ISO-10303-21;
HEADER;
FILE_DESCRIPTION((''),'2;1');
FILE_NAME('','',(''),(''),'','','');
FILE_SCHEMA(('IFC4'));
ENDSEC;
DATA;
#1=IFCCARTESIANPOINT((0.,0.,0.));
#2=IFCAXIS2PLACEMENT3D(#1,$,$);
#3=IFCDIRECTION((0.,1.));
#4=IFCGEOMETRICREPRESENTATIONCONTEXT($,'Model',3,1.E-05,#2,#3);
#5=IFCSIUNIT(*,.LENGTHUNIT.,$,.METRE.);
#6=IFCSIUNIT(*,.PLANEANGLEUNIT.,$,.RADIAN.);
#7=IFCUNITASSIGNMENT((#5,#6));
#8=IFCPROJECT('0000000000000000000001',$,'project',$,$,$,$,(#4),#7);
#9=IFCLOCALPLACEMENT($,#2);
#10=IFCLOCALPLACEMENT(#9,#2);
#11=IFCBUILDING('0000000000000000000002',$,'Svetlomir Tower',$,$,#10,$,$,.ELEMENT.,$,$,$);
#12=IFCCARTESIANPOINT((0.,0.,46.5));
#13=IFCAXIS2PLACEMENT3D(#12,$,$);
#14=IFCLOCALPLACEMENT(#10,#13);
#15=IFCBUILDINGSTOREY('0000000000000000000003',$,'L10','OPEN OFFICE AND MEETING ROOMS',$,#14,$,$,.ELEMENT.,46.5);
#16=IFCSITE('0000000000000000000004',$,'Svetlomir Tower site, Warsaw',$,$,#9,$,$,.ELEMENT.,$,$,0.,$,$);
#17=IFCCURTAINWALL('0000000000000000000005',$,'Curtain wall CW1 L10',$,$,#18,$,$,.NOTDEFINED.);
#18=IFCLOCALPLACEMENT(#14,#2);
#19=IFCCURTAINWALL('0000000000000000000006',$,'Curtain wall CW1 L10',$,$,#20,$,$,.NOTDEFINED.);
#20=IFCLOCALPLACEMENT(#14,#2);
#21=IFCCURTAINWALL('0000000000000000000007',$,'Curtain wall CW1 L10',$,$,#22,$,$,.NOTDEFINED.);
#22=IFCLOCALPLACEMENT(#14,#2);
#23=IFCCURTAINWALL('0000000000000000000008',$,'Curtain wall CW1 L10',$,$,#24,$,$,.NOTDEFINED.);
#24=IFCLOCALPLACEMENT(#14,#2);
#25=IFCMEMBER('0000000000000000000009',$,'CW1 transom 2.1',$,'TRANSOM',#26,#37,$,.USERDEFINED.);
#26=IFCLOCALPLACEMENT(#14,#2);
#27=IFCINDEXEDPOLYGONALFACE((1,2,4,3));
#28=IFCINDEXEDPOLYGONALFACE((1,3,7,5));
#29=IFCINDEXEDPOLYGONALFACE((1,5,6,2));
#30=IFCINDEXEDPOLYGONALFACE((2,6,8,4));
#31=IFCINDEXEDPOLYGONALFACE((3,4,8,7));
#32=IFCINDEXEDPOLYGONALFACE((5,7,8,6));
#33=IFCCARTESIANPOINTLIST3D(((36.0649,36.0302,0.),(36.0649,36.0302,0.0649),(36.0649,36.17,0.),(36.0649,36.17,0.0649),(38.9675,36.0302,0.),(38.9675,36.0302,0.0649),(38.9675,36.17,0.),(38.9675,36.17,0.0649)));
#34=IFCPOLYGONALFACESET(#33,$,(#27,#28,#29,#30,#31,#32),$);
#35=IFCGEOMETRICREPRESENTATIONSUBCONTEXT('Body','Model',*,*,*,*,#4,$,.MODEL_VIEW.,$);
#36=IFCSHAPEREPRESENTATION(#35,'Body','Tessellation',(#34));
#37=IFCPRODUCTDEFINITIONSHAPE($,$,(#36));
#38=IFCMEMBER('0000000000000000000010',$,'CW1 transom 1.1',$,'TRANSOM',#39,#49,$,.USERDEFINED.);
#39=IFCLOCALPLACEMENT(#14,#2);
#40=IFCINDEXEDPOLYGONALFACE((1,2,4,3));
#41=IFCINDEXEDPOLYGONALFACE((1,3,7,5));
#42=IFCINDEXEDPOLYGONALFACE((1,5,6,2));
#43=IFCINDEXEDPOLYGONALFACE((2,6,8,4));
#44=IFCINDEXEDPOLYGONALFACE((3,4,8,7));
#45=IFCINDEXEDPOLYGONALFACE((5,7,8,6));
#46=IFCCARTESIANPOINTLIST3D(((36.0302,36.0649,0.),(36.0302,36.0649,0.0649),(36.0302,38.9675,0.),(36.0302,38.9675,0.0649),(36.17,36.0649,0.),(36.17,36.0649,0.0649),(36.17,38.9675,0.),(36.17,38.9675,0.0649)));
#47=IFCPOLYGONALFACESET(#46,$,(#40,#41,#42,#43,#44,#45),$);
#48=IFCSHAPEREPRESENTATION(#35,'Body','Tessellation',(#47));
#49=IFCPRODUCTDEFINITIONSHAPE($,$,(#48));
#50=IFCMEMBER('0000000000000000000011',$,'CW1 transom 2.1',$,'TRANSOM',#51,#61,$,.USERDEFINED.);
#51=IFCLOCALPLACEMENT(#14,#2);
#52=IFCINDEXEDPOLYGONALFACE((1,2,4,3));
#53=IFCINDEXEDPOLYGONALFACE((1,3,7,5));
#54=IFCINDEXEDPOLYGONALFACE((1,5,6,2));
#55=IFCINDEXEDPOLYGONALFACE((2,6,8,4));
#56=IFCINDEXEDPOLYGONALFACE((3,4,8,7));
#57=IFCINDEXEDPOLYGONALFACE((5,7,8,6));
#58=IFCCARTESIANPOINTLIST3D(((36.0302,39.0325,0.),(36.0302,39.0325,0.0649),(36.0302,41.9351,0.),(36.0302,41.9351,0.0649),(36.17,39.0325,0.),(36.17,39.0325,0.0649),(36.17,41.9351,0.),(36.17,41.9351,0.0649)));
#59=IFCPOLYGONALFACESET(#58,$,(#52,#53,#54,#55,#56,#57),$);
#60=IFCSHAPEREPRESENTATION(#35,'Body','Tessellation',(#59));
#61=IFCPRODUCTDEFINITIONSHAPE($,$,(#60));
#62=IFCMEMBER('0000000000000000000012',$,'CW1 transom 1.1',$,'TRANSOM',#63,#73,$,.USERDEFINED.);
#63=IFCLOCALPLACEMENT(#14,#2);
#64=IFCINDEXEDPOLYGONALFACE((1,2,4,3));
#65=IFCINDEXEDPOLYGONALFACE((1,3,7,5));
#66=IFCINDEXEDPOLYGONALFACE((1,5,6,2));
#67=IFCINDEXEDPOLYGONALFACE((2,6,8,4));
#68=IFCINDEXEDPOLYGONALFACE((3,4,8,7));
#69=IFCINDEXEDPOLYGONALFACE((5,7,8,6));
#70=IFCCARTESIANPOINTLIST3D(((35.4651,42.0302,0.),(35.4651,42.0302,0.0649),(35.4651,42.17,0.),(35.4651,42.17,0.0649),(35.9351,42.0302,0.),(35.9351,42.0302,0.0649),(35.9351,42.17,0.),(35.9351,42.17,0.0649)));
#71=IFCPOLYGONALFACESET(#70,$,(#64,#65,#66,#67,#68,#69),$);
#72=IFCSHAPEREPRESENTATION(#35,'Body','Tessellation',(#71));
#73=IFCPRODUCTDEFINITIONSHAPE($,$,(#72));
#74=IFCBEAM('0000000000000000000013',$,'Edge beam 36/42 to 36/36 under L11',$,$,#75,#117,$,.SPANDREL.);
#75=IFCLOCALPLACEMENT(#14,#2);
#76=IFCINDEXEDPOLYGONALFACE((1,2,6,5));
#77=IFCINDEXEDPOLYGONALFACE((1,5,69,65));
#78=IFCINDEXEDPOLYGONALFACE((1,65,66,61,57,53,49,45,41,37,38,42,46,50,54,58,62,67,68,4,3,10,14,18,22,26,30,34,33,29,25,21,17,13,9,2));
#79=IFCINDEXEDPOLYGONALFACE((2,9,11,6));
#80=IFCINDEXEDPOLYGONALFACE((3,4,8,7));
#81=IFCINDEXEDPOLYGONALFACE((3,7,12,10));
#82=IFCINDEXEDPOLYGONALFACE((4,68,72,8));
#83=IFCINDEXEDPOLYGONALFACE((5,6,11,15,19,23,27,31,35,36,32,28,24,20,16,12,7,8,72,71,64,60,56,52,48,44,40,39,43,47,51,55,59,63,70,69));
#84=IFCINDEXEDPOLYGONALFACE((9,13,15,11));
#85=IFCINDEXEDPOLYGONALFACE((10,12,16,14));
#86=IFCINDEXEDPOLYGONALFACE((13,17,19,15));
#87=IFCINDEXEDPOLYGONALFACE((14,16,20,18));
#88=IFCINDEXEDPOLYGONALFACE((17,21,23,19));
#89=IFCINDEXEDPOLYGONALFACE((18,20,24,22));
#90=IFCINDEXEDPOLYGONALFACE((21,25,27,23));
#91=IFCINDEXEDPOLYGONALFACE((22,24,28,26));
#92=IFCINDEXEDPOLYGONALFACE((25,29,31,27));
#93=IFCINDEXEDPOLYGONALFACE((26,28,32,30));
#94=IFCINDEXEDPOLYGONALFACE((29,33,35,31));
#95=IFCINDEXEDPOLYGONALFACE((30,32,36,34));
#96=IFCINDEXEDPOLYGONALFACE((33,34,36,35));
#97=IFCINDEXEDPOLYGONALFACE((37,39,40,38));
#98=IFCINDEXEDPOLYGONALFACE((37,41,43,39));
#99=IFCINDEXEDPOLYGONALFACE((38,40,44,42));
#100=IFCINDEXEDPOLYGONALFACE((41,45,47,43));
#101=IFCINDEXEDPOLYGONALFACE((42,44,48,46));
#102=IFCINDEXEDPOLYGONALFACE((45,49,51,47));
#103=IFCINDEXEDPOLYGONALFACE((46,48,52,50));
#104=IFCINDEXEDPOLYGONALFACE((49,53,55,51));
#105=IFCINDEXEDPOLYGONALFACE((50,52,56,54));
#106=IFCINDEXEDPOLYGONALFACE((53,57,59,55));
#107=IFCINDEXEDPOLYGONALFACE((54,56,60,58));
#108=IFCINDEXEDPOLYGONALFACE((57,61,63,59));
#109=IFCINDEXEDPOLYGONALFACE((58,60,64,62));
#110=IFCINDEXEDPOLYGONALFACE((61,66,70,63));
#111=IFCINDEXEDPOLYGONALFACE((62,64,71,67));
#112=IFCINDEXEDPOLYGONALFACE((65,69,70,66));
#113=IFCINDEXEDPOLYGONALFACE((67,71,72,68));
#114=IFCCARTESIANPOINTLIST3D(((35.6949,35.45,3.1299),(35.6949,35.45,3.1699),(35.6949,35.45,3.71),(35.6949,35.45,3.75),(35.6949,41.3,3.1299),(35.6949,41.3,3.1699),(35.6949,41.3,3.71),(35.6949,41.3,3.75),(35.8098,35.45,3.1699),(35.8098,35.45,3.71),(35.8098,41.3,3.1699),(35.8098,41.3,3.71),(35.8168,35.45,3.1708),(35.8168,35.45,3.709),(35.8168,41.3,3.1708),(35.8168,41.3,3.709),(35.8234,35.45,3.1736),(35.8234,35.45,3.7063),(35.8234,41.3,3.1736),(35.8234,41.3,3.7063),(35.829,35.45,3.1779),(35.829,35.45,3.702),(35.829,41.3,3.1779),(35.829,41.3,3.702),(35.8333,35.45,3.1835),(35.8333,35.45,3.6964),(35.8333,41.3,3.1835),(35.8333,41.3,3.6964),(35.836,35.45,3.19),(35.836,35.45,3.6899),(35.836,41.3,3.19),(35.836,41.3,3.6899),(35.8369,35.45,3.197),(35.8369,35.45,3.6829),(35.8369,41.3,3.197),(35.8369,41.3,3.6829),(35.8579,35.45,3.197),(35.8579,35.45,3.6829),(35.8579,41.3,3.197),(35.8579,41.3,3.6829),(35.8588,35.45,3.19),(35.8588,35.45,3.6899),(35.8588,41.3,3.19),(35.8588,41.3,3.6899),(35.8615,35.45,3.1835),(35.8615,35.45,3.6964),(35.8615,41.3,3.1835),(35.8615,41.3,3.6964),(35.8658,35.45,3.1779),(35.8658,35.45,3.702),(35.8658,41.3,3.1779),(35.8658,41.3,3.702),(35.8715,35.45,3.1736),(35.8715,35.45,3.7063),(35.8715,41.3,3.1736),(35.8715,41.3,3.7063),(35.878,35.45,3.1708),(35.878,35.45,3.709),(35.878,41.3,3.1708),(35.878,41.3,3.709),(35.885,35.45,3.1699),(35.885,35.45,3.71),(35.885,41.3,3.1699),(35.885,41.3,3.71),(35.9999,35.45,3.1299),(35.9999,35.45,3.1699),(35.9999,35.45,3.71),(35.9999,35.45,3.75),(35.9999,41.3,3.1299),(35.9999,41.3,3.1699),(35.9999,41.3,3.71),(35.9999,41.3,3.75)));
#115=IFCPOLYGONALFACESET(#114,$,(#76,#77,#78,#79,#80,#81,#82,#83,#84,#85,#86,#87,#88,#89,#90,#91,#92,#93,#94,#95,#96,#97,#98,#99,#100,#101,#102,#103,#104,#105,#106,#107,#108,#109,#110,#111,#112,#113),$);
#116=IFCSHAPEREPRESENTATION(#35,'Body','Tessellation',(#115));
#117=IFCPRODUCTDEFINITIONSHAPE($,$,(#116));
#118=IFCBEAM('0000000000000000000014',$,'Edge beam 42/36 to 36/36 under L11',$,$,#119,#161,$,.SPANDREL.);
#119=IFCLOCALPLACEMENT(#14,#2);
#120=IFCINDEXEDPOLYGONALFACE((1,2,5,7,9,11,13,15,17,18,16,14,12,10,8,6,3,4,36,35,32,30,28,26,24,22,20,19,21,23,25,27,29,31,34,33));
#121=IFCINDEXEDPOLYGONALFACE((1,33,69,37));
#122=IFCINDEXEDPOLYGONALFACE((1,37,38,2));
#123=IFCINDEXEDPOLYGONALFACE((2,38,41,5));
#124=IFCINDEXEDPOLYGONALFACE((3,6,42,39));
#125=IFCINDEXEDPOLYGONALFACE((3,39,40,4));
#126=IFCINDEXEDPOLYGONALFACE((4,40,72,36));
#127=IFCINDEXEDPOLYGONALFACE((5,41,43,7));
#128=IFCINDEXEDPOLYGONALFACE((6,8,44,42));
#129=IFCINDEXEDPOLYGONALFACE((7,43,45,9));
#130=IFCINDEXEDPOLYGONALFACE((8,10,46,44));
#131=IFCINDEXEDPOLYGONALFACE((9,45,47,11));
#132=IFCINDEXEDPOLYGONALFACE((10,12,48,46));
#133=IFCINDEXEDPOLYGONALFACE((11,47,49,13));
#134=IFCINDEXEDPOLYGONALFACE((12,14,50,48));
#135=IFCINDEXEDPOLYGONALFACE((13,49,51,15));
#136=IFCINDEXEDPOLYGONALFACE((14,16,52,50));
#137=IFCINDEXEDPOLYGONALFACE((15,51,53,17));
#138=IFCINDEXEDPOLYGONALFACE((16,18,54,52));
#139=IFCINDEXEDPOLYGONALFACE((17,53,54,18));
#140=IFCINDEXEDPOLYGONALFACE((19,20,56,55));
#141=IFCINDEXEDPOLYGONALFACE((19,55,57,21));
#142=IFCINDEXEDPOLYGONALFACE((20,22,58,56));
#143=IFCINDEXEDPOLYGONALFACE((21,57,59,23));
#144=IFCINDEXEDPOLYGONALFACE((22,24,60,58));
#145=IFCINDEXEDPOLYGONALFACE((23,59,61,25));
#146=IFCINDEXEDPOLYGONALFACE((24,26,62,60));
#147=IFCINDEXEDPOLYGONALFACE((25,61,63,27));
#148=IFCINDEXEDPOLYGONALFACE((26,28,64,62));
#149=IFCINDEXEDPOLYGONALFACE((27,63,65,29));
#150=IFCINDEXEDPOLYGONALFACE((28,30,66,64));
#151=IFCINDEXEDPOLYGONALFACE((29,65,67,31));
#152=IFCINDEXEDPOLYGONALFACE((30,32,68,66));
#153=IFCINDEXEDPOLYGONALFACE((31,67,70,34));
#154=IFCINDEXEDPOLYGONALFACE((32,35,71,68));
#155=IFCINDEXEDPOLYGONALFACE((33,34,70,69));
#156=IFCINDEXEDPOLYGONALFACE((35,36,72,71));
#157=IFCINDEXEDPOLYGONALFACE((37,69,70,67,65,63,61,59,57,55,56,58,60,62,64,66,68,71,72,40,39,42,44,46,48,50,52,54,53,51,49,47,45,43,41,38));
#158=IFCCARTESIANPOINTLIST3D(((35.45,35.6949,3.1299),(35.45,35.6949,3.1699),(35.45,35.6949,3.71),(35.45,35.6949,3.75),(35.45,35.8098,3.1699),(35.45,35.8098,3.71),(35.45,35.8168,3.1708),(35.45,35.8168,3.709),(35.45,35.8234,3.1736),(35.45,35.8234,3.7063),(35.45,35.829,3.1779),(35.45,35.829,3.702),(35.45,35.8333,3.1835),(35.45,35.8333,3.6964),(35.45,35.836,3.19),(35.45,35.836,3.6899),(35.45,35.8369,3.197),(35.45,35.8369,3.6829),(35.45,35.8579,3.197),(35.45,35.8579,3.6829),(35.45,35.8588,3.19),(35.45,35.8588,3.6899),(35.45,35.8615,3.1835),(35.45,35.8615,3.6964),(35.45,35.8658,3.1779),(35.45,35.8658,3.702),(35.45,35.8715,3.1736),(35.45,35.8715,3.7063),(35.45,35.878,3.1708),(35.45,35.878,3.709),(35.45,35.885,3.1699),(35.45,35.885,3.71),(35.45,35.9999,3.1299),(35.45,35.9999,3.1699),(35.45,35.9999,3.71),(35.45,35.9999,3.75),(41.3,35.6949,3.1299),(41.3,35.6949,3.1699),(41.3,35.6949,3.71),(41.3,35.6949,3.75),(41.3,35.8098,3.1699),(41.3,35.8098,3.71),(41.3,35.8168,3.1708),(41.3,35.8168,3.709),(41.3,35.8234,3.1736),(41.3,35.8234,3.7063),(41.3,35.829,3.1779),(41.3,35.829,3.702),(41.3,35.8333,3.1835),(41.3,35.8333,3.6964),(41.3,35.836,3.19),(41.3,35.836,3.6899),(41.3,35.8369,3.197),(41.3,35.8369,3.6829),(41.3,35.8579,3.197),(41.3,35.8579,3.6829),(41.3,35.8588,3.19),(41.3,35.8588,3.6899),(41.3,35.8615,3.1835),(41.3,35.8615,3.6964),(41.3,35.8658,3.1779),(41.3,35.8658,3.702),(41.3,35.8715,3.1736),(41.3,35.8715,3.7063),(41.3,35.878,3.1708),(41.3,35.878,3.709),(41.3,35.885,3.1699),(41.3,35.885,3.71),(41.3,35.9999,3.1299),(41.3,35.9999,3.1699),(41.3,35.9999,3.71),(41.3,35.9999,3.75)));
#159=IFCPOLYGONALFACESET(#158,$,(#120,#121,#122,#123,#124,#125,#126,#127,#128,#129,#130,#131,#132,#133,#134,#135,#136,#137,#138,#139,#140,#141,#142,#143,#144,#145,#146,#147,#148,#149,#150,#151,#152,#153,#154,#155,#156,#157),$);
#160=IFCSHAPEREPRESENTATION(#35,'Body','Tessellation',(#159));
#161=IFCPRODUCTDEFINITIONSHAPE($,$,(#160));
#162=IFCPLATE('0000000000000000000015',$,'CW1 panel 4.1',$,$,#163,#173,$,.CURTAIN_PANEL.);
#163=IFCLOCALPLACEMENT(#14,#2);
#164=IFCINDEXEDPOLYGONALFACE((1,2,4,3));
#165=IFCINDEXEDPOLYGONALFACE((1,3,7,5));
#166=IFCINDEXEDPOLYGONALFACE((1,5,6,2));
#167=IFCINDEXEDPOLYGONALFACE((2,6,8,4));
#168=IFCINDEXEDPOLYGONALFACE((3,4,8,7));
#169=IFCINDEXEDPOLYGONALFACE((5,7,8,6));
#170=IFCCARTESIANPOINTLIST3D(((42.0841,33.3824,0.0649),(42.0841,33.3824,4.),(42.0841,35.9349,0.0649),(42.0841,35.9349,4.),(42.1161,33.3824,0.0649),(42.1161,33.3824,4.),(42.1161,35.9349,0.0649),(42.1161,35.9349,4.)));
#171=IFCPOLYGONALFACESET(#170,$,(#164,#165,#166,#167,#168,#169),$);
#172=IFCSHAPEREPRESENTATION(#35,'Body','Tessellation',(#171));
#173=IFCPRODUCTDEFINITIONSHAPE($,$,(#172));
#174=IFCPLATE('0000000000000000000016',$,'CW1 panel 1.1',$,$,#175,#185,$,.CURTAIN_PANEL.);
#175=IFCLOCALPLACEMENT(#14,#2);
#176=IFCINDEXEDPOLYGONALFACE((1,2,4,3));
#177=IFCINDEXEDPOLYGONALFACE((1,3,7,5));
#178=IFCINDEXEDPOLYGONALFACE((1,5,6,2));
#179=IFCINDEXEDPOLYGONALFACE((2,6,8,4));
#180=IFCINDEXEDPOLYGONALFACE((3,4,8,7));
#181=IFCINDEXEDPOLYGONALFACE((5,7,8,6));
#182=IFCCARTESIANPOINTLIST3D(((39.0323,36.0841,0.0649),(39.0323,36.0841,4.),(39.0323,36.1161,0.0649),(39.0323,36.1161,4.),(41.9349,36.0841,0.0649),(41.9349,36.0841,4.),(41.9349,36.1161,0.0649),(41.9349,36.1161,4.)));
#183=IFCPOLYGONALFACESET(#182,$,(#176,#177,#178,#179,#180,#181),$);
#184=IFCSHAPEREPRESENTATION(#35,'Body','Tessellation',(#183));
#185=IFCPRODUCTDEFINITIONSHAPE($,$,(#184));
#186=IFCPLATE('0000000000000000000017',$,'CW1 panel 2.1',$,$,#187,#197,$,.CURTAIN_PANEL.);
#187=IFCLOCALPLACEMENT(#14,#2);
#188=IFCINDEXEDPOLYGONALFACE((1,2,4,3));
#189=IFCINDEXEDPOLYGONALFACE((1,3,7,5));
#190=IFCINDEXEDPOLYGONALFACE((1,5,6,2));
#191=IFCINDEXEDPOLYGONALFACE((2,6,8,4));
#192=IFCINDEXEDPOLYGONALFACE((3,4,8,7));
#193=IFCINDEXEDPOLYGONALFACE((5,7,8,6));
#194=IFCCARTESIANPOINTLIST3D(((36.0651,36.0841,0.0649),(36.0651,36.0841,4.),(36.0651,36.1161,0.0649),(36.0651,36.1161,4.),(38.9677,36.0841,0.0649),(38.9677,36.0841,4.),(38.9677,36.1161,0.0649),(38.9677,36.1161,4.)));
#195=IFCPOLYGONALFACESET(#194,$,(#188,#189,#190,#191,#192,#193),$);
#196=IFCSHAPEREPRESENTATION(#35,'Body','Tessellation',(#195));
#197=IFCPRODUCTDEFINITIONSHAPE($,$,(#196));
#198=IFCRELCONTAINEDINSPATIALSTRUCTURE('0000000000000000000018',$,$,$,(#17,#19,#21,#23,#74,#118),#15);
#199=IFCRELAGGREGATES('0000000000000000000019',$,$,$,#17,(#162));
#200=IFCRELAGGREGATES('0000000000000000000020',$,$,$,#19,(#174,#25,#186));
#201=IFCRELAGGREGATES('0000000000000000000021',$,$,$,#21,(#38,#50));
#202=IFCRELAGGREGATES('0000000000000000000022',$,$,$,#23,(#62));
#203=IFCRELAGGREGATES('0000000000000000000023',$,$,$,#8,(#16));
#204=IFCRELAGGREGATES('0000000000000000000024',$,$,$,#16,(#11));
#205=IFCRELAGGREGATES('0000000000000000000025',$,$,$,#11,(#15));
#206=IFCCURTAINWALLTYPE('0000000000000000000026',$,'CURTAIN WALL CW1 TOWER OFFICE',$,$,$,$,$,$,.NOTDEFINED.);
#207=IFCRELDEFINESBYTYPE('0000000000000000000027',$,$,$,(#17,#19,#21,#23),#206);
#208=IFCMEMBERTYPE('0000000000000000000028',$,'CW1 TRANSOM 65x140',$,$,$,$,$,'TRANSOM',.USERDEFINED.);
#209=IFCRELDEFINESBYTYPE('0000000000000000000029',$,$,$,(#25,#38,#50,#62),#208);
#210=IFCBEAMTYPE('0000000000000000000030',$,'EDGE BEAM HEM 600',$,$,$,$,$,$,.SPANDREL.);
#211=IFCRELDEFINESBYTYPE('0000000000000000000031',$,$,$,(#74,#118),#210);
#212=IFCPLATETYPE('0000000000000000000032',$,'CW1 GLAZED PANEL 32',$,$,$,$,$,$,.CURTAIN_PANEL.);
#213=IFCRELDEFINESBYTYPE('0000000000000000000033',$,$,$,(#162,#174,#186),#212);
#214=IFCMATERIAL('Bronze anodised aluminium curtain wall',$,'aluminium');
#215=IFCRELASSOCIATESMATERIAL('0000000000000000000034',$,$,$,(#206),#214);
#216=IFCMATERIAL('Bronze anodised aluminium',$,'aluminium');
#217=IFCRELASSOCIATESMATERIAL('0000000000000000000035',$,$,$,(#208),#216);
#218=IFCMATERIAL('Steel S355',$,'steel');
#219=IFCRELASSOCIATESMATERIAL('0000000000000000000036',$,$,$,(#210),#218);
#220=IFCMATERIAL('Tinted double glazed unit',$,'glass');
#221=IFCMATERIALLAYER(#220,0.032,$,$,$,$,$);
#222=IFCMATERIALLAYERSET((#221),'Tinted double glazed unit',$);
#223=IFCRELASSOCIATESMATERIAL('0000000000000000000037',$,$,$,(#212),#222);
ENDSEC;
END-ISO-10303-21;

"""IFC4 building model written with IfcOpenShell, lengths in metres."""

from ifc_helpers import new_model, si_unit, direction, frame, origin, origin_2d, place, context, subcontext, project, spatial, rectangle, i_section, extrude, material, layer, layer_set, material_profile, profile_set, type_object, element, aggregate, save


model = new_model("IFC4")

# Units and contexts
model_context = context("Model", 3, precision=1e-05, world=origin(), true_north=direction((0.0, 1.0)))
body_context = subcontext(model_context, "Body", "Model", "MODEL_VIEW")
ifc_project = project(units=[si_unit("LENGTHUNIT", "METRE"), si_unit("PLANEANGLEUNIT", "RADIAN")], contexts=[model_context])

# Site, building, storey
site_placement = place(None, origin())
site = spatial("IfcSite", under=ifc_project, at=site_placement, Name="Svetlomir Tower site, Warsaw", CompositionType="ELEMENT", RefElevation=0.0)
building_placement = place(site_placement, origin())
building = spatial("IfcBuilding", under=site, at=building_placement, Name="Svetlomir Tower", CompositionType="ELEMENT")
storey_placement = place(building_placement, frame((0.0, 0.0, 46.5)))
storey = spatial("IfcBuildingStorey", under=building, at=storey_placement, Name="L10", Description="OPEN OFFICE AND MEETING ROOMS", CompositionType="ELEMENT", Elevation=46.5)

# Curtain wall
ifc_material_1 = material(Name="Bronze anodised aluminium curtain wall", Category="aluminium")
curtain_wall_type = type_object("IfcCurtainWallType", Name="CURTAIN WALL CW1 TOWER OFFICE", PredefinedType="NOTDEFINED", material=ifc_material_1)
curtain_wall_1_placement = place(storey_placement, origin())
curtain_wall_1 = element("IfcCurtainWall", 1, at=curtain_wall_1_placement, inside=storey, type_object=curtain_wall_type, Name="Curtain wall CW1 L10", PredefinedType="NOTDEFINED")

# Curtain walls
curtain_wall_2_placement = place(storey_placement, origin())
curtain_wall_2 = element("IfcCurtainWall", 2, at=curtain_wall_2_placement, inside=storey, type_object=curtain_wall_type, Name="Curtain wall CW1 L10", PredefinedType="NOTDEFINED")
curtain_wall_3_placement = place(storey_placement, origin())
curtain_wall_3 = element("IfcCurtainWall", 3, at=curtain_wall_3_placement, inside=storey, type_object=curtain_wall_type, Name="Curtain wall CW1 L10", PredefinedType="NOTDEFINED")
curtain_wall_4_placement = place(storey_placement, origin())
curtain_wall_4 = element("IfcCurtainWall", 4, at=curtain_wall_4_placement, inside=storey, type_object=curtain_wall_type, Name="Curtain wall CW1 L10", PredefinedType="NOTDEFINED")

# Members
ifc_material_2 = material(Name="Bronze anodised aluminium", Category="aluminium")
ifc_material_profile_1 = material_profile(ifc_material_2, rectangle(XDim=0.1399, YDim=0.0649, at=origin_2d()), Name="AL 140x65")
ifc_profile_set_1 = profile_set([ifc_material_profile_1], Name="Bronze anodised aluminium 6063-T6")
member_type_1 = type_object("IfcMemberType", Name="CW1 TRANSOM 65x140", ElementType="TRANSOM", PredefinedType="USERDEFINED", material=ifc_profile_set_1)
member_1_placement = place(storey_placement, frame((38.9675, 36.1001, 0.0325), z_axis=(-1.0, 0.0, 0.0), x_axis=(0.0, -1.0, 0.0)))
member_1 = element("IfcMember", 5, at=member_1_placement, type_object=member_type_1, Name="CW1 transom 2.1", ObjectType="TRANSOM", PredefinedType="USERDEFINED", context=body_context, shape_type="SweptSolid", body=[
    extrude(rectangle(XDim=0.1399, YDim=0.0649, at=origin_2d()), origin(), (0.0, 0.0, 1.0), 2.9026),
])
member_2_placement = place(storey_placement, frame((36.1001, 36.0649, 0.0325), z_axis=(0.0, 1.0, 0.0), x_axis=(-1.0, 0.0, 0.0)))
member_2 = element("IfcMember", 6, at=member_2_placement, type_object=member_type_1, Name="CW1 transom 1.1", ObjectType="TRANSOM", PredefinedType="USERDEFINED", context=body_context, shape_type="SweptSolid", body=[
    extrude(rectangle(XDim=0.1399, YDim=0.0649, at=origin_2d()), origin(), (0.0, 0.0, 1.0), 2.9026),
])
member_3_placement = place(storey_placement, frame((36.1001, 39.0325, 0.0325), z_axis=(0.0, 1.0, 0.0), x_axis=(-1.0, 0.0, 0.0)))
member_3 = element("IfcMember", 7, at=member_3_placement, type_object=member_type_1, Name="CW1 transom 2.1", ObjectType="TRANSOM", PredefinedType="USERDEFINED", context=body_context, shape_type="SweptSolid", body=[
    extrude(rectangle(XDim=0.1399, YDim=0.0649, at=origin_2d()), origin(), (0.0, 0.0, 1.0), 2.9026),
])
member_4_placement = place(storey_placement, frame((35.9351, 42.1001, 0.0325), z_axis=(-1.0, 0.0, 0.0), x_axis=(0.0, -1.0, 0.0)))
member_4 = element("IfcMember", 8, at=member_4_placement, type_object=member_type_1, Name="CW1 transom 1.1", ObjectType="TRANSOM", PredefinedType="USERDEFINED", context=body_context, shape_type="SweptSolid", body=[
    extrude(rectangle(XDim=0.1399, YDim=0.0649, at=origin_2d()), origin(), (0.0, 0.0, 1.0), 0.47),
])

# Beams
ifc_material_3 = material(Name="Steel S355", Category="steel")
ifc_material_profile_2 = material_profile(ifc_material_3, i_section(OverallWidth=0.3049, OverallDepth=0.6201, WebThickness=0.021, FlangeThickness=0.04, FilletRadius=0.0271, at=origin_2d()), Name="HEM 600")
ifc_profile_set_2 = profile_set([ifc_material_profile_2], Name="Steel S355")
beam_type_1 = type_object("IfcBeamType", Name="EDGE BEAM HEM 600", PredefinedType="SPANDREL", material=ifc_profile_set_2)
for number, where, z_axis, x_axis, name in (
    (9, (35.8474, 41.3, 3.4399), (0.0, -1.0, 0.0), (1.0, 0.0, 0.0), "Edge beam 36/42 to 36/36 under L11"),
    (10, (41.3, 35.8474, 3.4399), (-1.0, 0.0, 0.0), (0.0, -1.0, 0.0), "Edge beam 42/36 to 36/36 under L11"),
):
    element("IfcBeam", number, at=place(storey_placement, frame(where, z_axis=z_axis, x_axis=x_axis)), inside=storey, type_object=beam_type_1, Name=name, PredefinedType="SPANDREL", context=body_context, shape_type="SweptSolid", body=[
        extrude(i_section(OverallWidth=0.3049, OverallDepth=0.6201, WebThickness=0.021, FlangeThickness=0.04, FilletRadius=0.0271, at=origin_2d()), origin(), (0.0, 0.0, 1.0), 5.8501),
    ])

# Plates
ifc_material_4 = material(Name="Tinted double glazed unit", Category="glass")
ifc_layer_1 = layer(ifc_material_4, 0.032)
ifc_layer_set_1 = layer_set([ifc_layer_1], Name="Tinted double glazed unit")
plate_type = type_object("IfcPlateType", Name="CW1 GLAZED PANEL 32", PredefinedType="CURTAIN_PANEL", material=ifc_layer_set_1)
plate_1_placement = place(storey_placement, frame((42.1001, 34.6587, 0.0649), z_axis=(0.0, 0.0, 1.0), x_axis=(0.0, 1.0, 0.0)))
plate_1 = element("IfcPlate", 11, at=plate_1_placement, type_object=plate_type, Name="CW1 panel 4.1", PredefinedType="CURTAIN_PANEL", context=body_context, shape_type="SweptSolid", body=[
    extrude(rectangle(XDim=2.5525, YDim=0.032, at=origin_2d()), origin(), (0.0, 0.0, 1.0), 3.9351),
])
aggregate(curtain_wall_1, [plate_1])
plate_2_placement = place(storey_placement, frame((40.4836, 36.1001, 0.0649), z_axis=(0.0, 0.0, 1.0), x_axis=(-1.0, 0.0, 0.0)))
plate_2 = element("IfcPlate", 12, at=plate_2_placement, type_object=plate_type, Name="CW1 panel 1.1", PredefinedType="CURTAIN_PANEL", context=body_context, shape_type="SweptSolid", body=[
    extrude(rectangle(XDim=2.9026, YDim=0.032, at=origin_2d()), origin(), (0.0, 0.0, 1.0), 3.9351),
])
plate_3_placement = place(storey_placement, frame((37.5164, 36.1001, 0.0649), z_axis=(0.0, 0.0, 1.0), x_axis=(-1.0, 0.0, 0.0)))
plate_3 = element("IfcPlate", 13, at=plate_3_placement, type_object=plate_type, Name="CW1 panel 2.1", PredefinedType="CURTAIN_PANEL", context=body_context, shape_type="SweptSolid", body=[
    extrude(rectangle(XDim=2.9026, YDim=0.032, at=origin_2d()), origin(), (0.0, 0.0, 1.0), 3.9351),
])
aggregate(curtain_wall_2, [plate_2, member_1, plate_3])
aggregate(curtain_wall_3, [member_2, member_3])
aggregate(curtain_wall_4, [member_4])

save(model, "model.ifc")
